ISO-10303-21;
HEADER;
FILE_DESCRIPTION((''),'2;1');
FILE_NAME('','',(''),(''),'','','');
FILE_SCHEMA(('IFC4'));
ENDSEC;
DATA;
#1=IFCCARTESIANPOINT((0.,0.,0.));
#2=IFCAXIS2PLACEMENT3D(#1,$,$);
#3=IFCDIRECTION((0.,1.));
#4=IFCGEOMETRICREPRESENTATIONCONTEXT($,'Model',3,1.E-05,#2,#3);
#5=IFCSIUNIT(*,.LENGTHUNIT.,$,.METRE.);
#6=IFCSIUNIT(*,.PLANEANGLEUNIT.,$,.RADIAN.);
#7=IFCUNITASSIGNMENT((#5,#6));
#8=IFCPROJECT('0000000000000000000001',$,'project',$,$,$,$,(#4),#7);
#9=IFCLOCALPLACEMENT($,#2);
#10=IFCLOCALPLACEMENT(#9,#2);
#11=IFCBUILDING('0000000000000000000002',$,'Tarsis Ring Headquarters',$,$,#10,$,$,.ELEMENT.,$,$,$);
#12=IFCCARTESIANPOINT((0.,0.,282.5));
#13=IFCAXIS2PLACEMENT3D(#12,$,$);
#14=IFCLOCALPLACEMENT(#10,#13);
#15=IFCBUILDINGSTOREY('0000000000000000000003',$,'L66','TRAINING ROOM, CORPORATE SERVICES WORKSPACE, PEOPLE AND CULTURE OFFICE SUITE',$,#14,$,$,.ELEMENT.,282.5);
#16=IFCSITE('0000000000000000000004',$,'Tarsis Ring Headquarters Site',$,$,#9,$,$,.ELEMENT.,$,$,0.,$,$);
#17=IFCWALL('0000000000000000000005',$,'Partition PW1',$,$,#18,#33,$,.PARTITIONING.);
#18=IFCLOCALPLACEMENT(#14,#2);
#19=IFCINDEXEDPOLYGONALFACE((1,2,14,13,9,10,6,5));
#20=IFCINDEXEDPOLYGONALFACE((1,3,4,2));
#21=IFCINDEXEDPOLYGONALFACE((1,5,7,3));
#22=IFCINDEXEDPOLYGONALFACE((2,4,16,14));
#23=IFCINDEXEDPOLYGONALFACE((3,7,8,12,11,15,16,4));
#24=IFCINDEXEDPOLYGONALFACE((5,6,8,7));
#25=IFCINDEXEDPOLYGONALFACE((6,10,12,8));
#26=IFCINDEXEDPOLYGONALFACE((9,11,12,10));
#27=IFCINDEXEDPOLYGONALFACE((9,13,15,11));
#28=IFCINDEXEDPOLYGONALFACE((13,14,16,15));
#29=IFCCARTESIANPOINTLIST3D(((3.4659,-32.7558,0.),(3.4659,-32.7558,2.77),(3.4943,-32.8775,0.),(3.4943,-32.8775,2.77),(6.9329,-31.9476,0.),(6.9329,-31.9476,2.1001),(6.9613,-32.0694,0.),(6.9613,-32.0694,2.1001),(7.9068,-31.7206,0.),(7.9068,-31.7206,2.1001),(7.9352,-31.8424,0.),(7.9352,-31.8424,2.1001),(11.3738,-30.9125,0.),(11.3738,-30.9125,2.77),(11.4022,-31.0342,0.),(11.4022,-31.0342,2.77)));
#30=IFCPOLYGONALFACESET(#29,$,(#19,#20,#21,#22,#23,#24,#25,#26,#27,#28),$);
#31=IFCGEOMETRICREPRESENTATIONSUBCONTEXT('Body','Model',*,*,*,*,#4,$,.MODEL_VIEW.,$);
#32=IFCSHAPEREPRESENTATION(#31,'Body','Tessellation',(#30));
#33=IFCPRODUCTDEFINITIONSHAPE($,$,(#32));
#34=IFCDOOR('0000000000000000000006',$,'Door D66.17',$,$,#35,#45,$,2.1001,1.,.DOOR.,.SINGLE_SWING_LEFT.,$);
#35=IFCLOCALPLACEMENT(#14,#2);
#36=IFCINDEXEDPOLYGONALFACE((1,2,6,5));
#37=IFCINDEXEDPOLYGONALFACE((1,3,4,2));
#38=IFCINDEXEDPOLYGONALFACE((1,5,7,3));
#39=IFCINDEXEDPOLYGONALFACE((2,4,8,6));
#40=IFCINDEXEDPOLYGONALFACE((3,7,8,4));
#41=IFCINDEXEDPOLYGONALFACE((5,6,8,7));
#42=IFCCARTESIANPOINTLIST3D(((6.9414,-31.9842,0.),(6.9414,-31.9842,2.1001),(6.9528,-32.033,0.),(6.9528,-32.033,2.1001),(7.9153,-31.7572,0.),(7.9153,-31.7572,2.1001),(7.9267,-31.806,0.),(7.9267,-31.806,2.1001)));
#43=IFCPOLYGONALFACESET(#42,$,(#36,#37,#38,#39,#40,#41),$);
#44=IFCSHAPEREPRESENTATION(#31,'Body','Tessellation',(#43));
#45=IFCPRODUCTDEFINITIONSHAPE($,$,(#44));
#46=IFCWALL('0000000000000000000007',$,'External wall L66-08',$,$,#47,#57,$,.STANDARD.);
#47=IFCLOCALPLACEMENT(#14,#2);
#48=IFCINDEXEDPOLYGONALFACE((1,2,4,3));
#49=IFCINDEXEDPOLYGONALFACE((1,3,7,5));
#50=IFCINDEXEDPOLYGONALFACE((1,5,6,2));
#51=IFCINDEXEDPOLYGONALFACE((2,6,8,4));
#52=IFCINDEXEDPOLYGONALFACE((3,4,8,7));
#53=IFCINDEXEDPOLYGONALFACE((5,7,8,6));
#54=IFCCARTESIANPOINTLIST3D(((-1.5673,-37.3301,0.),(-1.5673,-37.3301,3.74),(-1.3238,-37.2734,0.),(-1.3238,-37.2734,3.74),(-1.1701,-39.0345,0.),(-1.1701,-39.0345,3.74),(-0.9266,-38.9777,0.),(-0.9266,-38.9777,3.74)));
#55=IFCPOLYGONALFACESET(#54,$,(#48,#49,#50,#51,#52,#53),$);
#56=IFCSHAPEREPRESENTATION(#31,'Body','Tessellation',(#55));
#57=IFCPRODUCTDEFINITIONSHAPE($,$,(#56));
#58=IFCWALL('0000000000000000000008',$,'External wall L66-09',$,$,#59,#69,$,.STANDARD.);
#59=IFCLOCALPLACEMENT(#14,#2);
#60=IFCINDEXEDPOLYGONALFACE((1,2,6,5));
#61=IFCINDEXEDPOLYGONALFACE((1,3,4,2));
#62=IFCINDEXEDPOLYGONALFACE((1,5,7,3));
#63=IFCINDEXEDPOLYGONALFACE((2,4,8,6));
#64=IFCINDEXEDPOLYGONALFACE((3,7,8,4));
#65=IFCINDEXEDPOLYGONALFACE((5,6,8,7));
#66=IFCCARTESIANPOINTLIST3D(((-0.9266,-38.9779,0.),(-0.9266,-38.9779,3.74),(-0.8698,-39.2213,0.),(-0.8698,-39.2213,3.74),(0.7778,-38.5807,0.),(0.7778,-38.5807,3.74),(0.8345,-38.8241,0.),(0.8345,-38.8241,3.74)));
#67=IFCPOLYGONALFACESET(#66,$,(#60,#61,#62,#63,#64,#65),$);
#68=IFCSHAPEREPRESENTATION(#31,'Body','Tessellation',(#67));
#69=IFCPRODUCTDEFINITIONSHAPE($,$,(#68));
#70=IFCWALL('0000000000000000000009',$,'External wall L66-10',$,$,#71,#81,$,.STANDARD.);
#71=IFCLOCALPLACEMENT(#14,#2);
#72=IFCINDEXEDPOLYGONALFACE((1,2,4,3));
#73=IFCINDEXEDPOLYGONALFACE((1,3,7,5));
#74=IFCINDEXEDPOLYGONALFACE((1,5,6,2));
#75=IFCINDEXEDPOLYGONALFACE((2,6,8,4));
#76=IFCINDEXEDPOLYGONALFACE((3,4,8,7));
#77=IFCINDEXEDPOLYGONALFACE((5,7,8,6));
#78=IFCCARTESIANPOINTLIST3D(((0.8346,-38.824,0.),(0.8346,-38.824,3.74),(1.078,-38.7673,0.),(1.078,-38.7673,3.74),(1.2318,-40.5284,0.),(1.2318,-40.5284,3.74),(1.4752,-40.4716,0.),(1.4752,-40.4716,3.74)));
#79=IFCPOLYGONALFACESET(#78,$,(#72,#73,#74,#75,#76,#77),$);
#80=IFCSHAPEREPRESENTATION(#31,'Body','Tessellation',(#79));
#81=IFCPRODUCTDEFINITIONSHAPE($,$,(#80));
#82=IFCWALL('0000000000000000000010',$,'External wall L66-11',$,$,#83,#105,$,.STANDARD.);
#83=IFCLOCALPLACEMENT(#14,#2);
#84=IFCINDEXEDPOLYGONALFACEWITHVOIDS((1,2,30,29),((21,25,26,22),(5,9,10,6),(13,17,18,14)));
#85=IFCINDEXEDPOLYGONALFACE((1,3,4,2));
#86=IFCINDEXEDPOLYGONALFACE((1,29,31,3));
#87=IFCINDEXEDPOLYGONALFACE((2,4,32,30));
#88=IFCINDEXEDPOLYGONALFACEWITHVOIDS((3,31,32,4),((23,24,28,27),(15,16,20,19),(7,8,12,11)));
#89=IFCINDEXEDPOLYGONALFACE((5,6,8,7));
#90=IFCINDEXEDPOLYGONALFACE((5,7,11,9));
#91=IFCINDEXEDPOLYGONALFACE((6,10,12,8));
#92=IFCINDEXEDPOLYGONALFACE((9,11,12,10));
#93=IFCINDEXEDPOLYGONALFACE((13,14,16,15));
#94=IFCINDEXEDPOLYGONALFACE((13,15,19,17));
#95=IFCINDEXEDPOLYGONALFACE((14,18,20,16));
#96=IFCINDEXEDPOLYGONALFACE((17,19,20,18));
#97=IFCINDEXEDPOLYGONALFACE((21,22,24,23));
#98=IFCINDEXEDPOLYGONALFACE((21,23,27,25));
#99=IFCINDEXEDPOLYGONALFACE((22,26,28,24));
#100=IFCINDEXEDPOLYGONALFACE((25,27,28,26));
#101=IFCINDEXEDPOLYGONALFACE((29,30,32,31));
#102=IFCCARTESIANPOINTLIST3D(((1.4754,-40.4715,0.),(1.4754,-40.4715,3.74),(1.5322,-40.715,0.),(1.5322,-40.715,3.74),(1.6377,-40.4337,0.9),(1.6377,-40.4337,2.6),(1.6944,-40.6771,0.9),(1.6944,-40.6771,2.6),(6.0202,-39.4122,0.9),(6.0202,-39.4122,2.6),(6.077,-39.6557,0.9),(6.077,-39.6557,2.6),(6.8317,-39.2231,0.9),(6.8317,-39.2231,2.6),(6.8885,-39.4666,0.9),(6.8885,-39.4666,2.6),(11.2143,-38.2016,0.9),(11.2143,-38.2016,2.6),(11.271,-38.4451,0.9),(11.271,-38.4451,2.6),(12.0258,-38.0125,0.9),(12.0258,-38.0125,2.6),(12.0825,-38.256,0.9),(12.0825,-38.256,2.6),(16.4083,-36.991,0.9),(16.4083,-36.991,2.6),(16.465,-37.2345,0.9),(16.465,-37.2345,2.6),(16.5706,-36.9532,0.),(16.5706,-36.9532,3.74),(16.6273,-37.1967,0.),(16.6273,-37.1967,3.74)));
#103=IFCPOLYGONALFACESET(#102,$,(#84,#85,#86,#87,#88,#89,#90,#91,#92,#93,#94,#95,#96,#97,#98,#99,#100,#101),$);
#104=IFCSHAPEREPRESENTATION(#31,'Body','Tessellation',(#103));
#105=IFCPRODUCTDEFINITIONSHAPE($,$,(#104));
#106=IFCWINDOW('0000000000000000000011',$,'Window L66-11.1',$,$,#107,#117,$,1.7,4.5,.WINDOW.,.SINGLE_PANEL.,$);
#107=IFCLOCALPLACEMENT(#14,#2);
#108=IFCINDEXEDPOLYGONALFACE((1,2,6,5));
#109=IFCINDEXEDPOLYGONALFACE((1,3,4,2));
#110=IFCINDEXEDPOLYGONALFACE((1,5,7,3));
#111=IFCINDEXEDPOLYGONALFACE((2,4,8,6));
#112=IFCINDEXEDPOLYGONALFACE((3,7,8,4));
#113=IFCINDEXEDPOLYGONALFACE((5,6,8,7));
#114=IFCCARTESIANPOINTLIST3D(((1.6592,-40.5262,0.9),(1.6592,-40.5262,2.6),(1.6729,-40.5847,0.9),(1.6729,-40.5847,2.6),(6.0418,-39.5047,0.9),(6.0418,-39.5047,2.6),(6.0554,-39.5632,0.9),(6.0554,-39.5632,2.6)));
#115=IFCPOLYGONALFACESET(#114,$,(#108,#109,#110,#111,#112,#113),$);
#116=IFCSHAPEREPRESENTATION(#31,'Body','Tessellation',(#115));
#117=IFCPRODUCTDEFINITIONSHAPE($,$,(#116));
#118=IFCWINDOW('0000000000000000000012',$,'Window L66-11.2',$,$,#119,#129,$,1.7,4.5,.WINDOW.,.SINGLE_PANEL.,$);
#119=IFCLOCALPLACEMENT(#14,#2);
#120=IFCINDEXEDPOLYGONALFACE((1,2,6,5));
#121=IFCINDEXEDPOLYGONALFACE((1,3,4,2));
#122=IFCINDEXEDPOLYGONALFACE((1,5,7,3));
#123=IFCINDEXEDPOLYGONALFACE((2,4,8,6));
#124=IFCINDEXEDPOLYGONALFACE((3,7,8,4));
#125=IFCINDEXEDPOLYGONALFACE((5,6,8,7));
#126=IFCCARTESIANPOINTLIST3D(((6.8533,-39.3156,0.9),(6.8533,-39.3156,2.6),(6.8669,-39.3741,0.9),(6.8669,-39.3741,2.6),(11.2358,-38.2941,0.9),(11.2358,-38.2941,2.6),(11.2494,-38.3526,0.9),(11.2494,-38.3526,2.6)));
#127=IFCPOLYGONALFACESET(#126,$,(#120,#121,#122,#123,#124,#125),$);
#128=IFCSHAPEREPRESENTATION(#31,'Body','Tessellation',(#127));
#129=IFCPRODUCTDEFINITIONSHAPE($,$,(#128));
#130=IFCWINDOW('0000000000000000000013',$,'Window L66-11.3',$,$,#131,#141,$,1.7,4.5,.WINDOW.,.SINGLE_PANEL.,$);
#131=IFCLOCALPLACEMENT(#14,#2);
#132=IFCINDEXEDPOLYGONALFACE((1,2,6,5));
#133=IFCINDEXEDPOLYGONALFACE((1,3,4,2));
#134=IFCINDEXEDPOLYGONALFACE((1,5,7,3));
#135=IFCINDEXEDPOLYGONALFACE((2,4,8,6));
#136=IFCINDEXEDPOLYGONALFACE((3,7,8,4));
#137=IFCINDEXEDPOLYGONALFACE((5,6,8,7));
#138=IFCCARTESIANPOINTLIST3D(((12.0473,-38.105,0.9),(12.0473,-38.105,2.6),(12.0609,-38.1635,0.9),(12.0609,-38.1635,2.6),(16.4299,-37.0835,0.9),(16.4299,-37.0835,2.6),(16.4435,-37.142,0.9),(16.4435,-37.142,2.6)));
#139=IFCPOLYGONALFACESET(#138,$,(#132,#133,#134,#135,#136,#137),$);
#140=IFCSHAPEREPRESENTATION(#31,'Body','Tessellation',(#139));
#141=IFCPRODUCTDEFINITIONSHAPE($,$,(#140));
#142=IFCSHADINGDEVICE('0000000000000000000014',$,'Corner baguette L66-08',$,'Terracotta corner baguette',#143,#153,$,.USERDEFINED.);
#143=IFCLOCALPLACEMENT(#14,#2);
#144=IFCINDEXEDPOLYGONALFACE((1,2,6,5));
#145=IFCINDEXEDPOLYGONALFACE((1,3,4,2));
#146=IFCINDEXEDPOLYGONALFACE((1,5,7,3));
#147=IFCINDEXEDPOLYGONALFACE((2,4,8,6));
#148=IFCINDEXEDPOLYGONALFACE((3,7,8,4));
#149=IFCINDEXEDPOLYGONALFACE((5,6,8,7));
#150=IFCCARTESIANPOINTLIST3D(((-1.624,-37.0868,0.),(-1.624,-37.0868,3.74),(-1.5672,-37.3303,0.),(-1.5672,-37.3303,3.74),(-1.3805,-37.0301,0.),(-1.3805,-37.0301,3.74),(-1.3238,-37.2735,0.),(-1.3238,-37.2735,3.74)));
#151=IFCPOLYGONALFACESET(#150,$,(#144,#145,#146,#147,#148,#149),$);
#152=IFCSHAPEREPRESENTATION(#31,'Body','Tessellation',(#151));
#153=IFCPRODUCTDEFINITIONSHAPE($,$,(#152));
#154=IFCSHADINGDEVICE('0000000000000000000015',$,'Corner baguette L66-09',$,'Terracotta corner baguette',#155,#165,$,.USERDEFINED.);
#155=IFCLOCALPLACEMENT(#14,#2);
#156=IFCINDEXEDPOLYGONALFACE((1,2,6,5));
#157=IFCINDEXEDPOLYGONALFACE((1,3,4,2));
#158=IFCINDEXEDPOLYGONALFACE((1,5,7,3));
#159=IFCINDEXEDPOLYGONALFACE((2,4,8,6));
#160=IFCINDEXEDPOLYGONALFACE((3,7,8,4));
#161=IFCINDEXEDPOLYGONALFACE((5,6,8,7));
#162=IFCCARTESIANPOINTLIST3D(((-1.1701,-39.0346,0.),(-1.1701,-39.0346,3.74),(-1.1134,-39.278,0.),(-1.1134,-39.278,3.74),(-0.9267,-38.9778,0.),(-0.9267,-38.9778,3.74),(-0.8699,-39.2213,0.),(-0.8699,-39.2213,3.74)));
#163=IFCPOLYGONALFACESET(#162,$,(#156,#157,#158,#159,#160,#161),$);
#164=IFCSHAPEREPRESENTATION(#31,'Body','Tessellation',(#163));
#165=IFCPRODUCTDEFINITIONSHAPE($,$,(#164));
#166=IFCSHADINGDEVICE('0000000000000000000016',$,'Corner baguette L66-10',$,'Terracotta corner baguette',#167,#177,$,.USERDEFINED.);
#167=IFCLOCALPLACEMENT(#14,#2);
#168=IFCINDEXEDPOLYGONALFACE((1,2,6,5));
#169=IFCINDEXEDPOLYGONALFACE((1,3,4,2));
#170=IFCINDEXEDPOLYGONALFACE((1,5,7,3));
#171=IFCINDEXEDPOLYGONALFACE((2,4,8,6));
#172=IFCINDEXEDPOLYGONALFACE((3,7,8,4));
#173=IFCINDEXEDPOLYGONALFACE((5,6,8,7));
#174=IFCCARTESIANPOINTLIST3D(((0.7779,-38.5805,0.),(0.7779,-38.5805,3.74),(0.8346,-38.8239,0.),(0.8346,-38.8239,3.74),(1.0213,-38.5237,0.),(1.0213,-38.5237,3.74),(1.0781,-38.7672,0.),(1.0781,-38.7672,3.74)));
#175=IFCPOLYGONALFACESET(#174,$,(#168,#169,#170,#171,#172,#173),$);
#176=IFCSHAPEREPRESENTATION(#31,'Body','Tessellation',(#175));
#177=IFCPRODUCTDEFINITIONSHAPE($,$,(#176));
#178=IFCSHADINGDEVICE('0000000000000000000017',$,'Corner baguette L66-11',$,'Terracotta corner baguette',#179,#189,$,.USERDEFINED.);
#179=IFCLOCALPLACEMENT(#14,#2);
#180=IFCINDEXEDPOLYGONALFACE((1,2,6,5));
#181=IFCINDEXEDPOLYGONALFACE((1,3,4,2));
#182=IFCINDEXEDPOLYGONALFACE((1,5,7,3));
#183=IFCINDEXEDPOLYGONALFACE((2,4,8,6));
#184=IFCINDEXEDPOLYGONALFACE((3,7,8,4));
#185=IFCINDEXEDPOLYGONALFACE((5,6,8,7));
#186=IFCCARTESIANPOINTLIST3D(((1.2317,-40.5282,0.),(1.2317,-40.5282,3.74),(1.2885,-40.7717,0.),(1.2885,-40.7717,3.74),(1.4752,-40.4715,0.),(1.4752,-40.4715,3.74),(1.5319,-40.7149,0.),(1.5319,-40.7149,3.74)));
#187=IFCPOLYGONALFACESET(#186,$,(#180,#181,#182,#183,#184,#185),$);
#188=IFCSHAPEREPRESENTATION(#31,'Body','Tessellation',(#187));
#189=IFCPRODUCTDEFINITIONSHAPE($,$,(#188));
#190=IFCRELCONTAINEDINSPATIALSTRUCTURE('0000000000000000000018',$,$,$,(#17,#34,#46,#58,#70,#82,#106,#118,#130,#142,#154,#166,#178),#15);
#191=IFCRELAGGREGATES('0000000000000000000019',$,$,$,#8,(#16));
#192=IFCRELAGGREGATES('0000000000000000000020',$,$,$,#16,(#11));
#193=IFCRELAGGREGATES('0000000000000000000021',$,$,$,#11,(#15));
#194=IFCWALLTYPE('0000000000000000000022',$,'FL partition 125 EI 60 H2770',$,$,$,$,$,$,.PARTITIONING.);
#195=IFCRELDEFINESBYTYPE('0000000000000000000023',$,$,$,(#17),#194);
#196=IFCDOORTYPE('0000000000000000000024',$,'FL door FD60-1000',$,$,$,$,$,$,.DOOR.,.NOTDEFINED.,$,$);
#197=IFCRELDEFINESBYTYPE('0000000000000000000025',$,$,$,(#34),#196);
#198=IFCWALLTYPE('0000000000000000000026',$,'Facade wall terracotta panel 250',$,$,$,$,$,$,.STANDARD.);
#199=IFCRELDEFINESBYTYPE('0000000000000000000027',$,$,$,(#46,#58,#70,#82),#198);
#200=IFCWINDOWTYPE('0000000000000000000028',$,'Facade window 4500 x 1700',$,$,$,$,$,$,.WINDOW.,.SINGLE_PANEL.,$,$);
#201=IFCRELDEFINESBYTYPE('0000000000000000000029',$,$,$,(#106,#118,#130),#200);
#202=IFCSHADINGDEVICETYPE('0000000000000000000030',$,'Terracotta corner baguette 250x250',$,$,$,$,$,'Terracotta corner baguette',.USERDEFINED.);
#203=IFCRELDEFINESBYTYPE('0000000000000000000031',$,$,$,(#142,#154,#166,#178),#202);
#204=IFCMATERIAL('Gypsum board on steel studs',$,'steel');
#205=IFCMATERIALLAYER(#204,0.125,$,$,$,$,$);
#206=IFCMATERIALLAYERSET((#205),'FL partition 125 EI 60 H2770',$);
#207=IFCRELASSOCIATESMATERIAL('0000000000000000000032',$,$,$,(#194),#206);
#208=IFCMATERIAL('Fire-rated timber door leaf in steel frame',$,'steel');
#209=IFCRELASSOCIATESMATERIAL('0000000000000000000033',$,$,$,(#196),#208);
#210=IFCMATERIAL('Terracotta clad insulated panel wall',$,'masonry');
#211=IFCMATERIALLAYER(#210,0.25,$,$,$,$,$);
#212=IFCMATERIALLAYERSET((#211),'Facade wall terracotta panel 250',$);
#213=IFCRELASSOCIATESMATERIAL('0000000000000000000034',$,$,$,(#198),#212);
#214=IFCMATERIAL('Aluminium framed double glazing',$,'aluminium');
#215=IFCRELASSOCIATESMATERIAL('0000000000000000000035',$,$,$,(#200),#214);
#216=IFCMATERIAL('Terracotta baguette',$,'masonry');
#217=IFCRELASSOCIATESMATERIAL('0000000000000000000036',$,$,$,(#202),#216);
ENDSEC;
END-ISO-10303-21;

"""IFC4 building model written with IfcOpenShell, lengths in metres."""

from ifc_helpers import new_model, si_unit, direction, frame, frame_2d, origin, origin_2d, place, context, subcontext, project, spatial, rectangle, extrude, material, layer, layer_set, type_object, element, fill, save


model = new_model("IFC4")

# Units and contexts
model_context = context("Model", 3, precision=1e-05, world=origin(), true_north=direction((0.0, 1.0)))
body_context = subcontext(model_context, "Body", "Model", "MODEL_VIEW")
ifc_project = project(units=[si_unit("LENGTHUNIT", "METRE"), si_unit("PLANEANGLEUNIT", "RADIAN")], contexts=[model_context])

# Site, building, storey
site_placement = place(None, origin())
site = spatial("IfcSite", under=ifc_project, at=site_placement, Name="Tarsis Ring Headquarters Site", CompositionType="ELEMENT", RefElevation=0.0)
building_placement = place(site_placement, origin())
building = spatial("IfcBuilding", under=site, at=building_placement, Name="Tarsis Ring Headquarters", CompositionType="ELEMENT")
storey_placement = place(building_placement, frame((0.0, 0.0, 282.5)))
storey = spatial("IfcBuildingStorey", under=building, at=storey_placement, Name="L66", Description="TRAINING ROOM, CORPORATE SERVICES WORKSPACE, PEOPLE AND CULTURE OFFICE SUITE", CompositionType="ELEMENT", Elevation=282.5)

# Shared definitions
ifc_material_1 = material(Name="Gypsum board on steel studs", Category="steel")

# Shared definitions
ifc_layer_1 = layer(ifc_material_1, 0.125)
ifc_layer_set_1 = layer_set([ifc_layer_1], Name="FL partition 125 EI 60 H2770")
wall_type_1 = type_object("IfcWallType", Name="FL partition 125 EI 60 H2770", PredefinedType="PARTITIONING", material=ifc_layer_set_1)
ifc_material_2 = material(Name="Fire-rated timber door leaf in steel frame", Category="steel")
door_type = type_object("IfcDoorType", Name="FL door FD60-1000", OperationType="NOTDEFINED", PredefinedType="DOOR", material=ifc_material_2)

# Wall, opening, door
wall_1_placement = place(storey_placement, frame((3.48, -32.8167, 0.0), z_axis=(0.0, 0.0, 1.0), x_axis=(0.973894, 0.227004, 0.0)))
wall_1 = element("IfcWall", 1, at=wall_1_placement, inside=storey, type_object=wall_type_1, Name="Partition PW1", PredefinedType="PARTITIONING", context=body_context, shape_type="SweptSolid", body=[
    extrude(rectangle(XDim=8.1199, YDim=0.125, at=frame_2d((4.0601, 0.0))), origin(), (0.0, 0.0, 1.0), 2.77),
])
opening_1_placement = place(wall_1_placement, frame((3.5601, 0.0, 0.0)))
opening_1 = element("IfcOpeningElement", 2, at=opening_1_placement, cuts=wall_1, PredefinedType="OPENING", context=body_context, shape_type="SweptSolid", body=[
    extrude(rectangle(XDim=1.0, YDim=2.1001, at=frame_2d((0.5, 1.05))), frame((0.0, 0.0725, 0.0), z_axis=(0.0, -1.0, 0.0), x_axis=(1.0, 0.0, 0.0)), (0.0, 0.0, 1.0), 0.145),
])
door_1_placement = place(opening_1_placement, origin())
door_1 = element("IfcDoor", 3, at=door_1_placement, inside=storey, type_object=door_type, Name="Door D66.17", OperationType="SINGLE_SWING_LEFT", OverallHeight=2.1001, OverallWidth=1.0, PredefinedType="DOOR", context=body_context, shape_type="SweptSolid", body=[
    extrude(rectangle(XDim=1.0, YDim=2.1001, at=frame_2d((0.5, 1.05))), frame((0.0, 0.0249, 0.0), z_axis=(0.0, -1.0, 0.0), x_axis=(1.0, 0.0, 0.0)), (0.0, 0.0, 1.0), 0.05),
])
fill(opening_1, door_1)

# Walls
ifc_material_3 = material(Name="Terracotta clad insulated panel wall", Category="masonry")
ifc_layer_2 = layer(ifc_material_3, 0.25)
ifc_layer_set_2 = layer_set([ifc_layer_2], Name="Facade wall terracotta panel 250")
wall_type_2 = type_object("IfcWallType", Name="Facade wall terracotta panel 250", PredefinedType="STANDARD", material=ifc_layer_set_2)
for number, where, z_axis, x_axis, name in (
    (4, (-1.4456, -37.3018, 0.0), (0.0, 0.0, 1.0), (0.226978, -0.9739, 0.0), "External wall L66-08"),
    (5, (-0.8982, -39.0996, 0.0), (0.0, 0.0, 1.0), (0.9739, 0.226978, 0.0), "External wall L66-09"),
    (6, (0.9563, -38.7957, 0.0), (0.0, 0.0, 1.0), (0.226978, -0.9739, 0.0), "External wall L66-10"),
):
    element("IfcWall", number, at=place(storey_placement, frame(where, z_axis=z_axis, x_axis=x_axis)), inside=storey, type_object=wall_type_2, Name=name, PredefinedType="STANDARD", context=body_context, shape_type="SweptSolid", body=[
        extrude(rectangle(XDim=1.75, YDim=0.25, at=frame_2d((0.875, 0.0))), origin(), (0.0, 0.0, 1.0), 3.74),
    ])

# Wall, openings, windows
wall_2_placement = place(storey_placement, frame((1.5037, -40.5933, 0.0), z_axis=(0.0, 0.0, 1.0), x_axis=(0.973897, 0.226991, 0.0)))
wall_2 = element("IfcWall", 7, at=wall_2_placement, inside=storey, type_object=wall_type_2, Name="External wall L66-11", PredefinedType="STANDARD", context=body_context, shape_type="SweptSolid", body=[
    extrude(rectangle(XDim=15.4998, YDim=0.25, at=frame_2d((7.75, 0.0))), origin(), (0.0, 0.0, 1.0), 3.74),
])
opening_2_placement = place(wall_2_placement, frame((0.1667, 0.0, 0.8999)))
opening_2 = element("IfcOpeningElement", 8, at=opening_2_placement, cuts=wall_2, PredefinedType="OPENING", context=body_context, shape_type="SweptSolid", body=[
    extrude(rectangle(XDim=4.5, YDim=1.7, at=frame_2d((2.25, 0.8501))), frame((0.0, 0.135, 0.0), z_axis=(0.0, -1.0, 0.0), x_axis=(1.0, 0.0, 0.0)), (0.0, 0.0, 1.0), 0.27),
])
opening_3_placement = place(wall_2_placement, frame((5.5, 0.0, 0.8999)))
opening_3 = element("IfcOpeningElement", 9, at=opening_3_placement, cuts=wall_2, PredefinedType="OPENING", context=body_context, shape_type="SweptSolid", body=[
    extrude(rectangle(XDim=4.5, YDim=1.7, at=frame_2d((2.25, 0.8501))), frame((0.0, 0.135, 0.0), z_axis=(0.0, -1.0, 0.0), x_axis=(1.0, 0.0, 0.0)), (0.0, 0.0, 1.0), 0.27),
])
opening_4_placement = place(wall_2_placement, frame((10.8333, 0.0, 0.8999)))
opening_4 = element("IfcOpeningElement", 10, at=opening_4_placement, cuts=wall_2, PredefinedType="OPENING", context=body_context, shape_type="SweptSolid", body=[
    extrude(rectangle(XDim=4.5, YDim=1.7, at=frame_2d((2.25, 0.8501))), frame((0.0, 0.135, 0.0), z_axis=(0.0, -1.0, 0.0), x_axis=(1.0, 0.0, 0.0)), (0.0, 0.0, 1.0), 0.27),
])
ifc_material_4 = material(Name="Aluminium framed double glazing", Category="aluminium")
window_type = type_object("IfcWindowType", Name="Facade window 4500 x 1700", PartitioningType="SINGLE_PANEL", PredefinedType="WINDOW", material=ifc_material_4)
window_1_placement = place(opening_2_placement, origin())
window_1 = element("IfcWindow", 11, at=window_1_placement, inside=storey, type_object=window_type, Name="Window L66-11.1", OverallHeight=1.7, OverallWidth=4.5, PartitioningType="SINGLE_PANEL", PredefinedType="WINDOW", context=body_context, shape_type="SweptSolid", body=[
    extrude(rectangle(XDim=4.5, YDim=1.7, at=frame_2d((2.25, 0.8501))), frame((0.0, 0.03, 0.0), z_axis=(0.0, -1.0, 0.0), x_axis=(1.0, 0.0, 0.0)), (0.0, 0.0, 1.0), 0.0601),
])
fill(opening_2, window_1)
window_2_placement = place(opening_3_placement, origin())
window_2 = element("IfcWindow", 12, at=window_2_placement, inside=storey, type_object=window_type, Name="Window L66-11.2", OverallHeight=1.7, OverallWidth=4.5, PartitioningType="SINGLE_PANEL", PredefinedType="WINDOW", context=body_context, shape_type="SweptSolid", body=[
    extrude(rectangle(XDim=4.5, YDim=1.7, at=frame_2d((2.25, 0.8501))), frame((0.0, 0.03, 0.0), z_axis=(0.0, -1.0, 0.0), x_axis=(1.0, 0.0, 0.0)), (0.0, 0.0, 1.0), 0.0601),
])
fill(opening_3, window_2)
window_3_placement = place(opening_4_placement, origin())
window_3 = element("IfcWindow", 13, at=window_3_placement, inside=storey, type_object=window_type, Name="Window L66-11.3", OverallHeight=1.7, OverallWidth=4.5, PartitioningType="SINGLE_PANEL", PredefinedType="WINDOW", context=body_context, shape_type="SweptSolid", body=[
    extrude(rectangle(XDim=4.5, YDim=1.7, at=frame_2d((2.25, 0.8501))), frame((0.0, 0.03, 0.0), z_axis=(0.0, -1.0, 0.0), x_axis=(1.0, 0.0, 0.0)), (0.0, 0.0, 1.0), 0.0601),
])
fill(opening_4, window_3)

# Shading devices
ifc_material_5 = material(Name="Terracotta baguette", Category="masonry")
shading_device_type_1 = type_object("IfcShadingDeviceType", Name="Terracotta corner baguette 250x250", ElementType="Terracotta corner baguette", PredefinedType="USERDEFINED", material=ifc_material_5)
for number, where, z_axis, x_axis, name in (
    (14, (-1.4739, -37.1802, 0.0), (0.0, 0.0, 1.0), (0.973897, 0.226991, 0.0), "Corner baguette L66-08"),
    (15, (-1.02, -39.1279, 0.0), (0.0, 0.0, 1.0), (0.226991, -0.973897, 0.0), "Corner baguette L66-09"),
    (16, (0.928, -38.6738, 0.0), (0.0, 0.0, 1.0), (0.973897, 0.226991, 0.0), "Corner baguette L66-10"),
    (17, (1.3818, -40.6216, 0.0), (0.0, 0.0, 1.0), (0.226991, -0.973897, 0.0), "Corner baguette L66-11"),
):
    element("IfcShadingDevice", number, at=place(storey_placement, frame(where, z_axis=z_axis, x_axis=x_axis)), inside=storey, type_object=shading_device_type_1, Name=name, ObjectType="Terracotta corner baguette", PredefinedType="USERDEFINED", context=body_context, shape_type="SweptSolid", body=[
        extrude(rectangle(XDim=0.25, YDim=0.25, at=origin_2d()), origin(), (0.0, 0.0, 1.0), 3.74),
    ])

save(model, "model.ifc")
